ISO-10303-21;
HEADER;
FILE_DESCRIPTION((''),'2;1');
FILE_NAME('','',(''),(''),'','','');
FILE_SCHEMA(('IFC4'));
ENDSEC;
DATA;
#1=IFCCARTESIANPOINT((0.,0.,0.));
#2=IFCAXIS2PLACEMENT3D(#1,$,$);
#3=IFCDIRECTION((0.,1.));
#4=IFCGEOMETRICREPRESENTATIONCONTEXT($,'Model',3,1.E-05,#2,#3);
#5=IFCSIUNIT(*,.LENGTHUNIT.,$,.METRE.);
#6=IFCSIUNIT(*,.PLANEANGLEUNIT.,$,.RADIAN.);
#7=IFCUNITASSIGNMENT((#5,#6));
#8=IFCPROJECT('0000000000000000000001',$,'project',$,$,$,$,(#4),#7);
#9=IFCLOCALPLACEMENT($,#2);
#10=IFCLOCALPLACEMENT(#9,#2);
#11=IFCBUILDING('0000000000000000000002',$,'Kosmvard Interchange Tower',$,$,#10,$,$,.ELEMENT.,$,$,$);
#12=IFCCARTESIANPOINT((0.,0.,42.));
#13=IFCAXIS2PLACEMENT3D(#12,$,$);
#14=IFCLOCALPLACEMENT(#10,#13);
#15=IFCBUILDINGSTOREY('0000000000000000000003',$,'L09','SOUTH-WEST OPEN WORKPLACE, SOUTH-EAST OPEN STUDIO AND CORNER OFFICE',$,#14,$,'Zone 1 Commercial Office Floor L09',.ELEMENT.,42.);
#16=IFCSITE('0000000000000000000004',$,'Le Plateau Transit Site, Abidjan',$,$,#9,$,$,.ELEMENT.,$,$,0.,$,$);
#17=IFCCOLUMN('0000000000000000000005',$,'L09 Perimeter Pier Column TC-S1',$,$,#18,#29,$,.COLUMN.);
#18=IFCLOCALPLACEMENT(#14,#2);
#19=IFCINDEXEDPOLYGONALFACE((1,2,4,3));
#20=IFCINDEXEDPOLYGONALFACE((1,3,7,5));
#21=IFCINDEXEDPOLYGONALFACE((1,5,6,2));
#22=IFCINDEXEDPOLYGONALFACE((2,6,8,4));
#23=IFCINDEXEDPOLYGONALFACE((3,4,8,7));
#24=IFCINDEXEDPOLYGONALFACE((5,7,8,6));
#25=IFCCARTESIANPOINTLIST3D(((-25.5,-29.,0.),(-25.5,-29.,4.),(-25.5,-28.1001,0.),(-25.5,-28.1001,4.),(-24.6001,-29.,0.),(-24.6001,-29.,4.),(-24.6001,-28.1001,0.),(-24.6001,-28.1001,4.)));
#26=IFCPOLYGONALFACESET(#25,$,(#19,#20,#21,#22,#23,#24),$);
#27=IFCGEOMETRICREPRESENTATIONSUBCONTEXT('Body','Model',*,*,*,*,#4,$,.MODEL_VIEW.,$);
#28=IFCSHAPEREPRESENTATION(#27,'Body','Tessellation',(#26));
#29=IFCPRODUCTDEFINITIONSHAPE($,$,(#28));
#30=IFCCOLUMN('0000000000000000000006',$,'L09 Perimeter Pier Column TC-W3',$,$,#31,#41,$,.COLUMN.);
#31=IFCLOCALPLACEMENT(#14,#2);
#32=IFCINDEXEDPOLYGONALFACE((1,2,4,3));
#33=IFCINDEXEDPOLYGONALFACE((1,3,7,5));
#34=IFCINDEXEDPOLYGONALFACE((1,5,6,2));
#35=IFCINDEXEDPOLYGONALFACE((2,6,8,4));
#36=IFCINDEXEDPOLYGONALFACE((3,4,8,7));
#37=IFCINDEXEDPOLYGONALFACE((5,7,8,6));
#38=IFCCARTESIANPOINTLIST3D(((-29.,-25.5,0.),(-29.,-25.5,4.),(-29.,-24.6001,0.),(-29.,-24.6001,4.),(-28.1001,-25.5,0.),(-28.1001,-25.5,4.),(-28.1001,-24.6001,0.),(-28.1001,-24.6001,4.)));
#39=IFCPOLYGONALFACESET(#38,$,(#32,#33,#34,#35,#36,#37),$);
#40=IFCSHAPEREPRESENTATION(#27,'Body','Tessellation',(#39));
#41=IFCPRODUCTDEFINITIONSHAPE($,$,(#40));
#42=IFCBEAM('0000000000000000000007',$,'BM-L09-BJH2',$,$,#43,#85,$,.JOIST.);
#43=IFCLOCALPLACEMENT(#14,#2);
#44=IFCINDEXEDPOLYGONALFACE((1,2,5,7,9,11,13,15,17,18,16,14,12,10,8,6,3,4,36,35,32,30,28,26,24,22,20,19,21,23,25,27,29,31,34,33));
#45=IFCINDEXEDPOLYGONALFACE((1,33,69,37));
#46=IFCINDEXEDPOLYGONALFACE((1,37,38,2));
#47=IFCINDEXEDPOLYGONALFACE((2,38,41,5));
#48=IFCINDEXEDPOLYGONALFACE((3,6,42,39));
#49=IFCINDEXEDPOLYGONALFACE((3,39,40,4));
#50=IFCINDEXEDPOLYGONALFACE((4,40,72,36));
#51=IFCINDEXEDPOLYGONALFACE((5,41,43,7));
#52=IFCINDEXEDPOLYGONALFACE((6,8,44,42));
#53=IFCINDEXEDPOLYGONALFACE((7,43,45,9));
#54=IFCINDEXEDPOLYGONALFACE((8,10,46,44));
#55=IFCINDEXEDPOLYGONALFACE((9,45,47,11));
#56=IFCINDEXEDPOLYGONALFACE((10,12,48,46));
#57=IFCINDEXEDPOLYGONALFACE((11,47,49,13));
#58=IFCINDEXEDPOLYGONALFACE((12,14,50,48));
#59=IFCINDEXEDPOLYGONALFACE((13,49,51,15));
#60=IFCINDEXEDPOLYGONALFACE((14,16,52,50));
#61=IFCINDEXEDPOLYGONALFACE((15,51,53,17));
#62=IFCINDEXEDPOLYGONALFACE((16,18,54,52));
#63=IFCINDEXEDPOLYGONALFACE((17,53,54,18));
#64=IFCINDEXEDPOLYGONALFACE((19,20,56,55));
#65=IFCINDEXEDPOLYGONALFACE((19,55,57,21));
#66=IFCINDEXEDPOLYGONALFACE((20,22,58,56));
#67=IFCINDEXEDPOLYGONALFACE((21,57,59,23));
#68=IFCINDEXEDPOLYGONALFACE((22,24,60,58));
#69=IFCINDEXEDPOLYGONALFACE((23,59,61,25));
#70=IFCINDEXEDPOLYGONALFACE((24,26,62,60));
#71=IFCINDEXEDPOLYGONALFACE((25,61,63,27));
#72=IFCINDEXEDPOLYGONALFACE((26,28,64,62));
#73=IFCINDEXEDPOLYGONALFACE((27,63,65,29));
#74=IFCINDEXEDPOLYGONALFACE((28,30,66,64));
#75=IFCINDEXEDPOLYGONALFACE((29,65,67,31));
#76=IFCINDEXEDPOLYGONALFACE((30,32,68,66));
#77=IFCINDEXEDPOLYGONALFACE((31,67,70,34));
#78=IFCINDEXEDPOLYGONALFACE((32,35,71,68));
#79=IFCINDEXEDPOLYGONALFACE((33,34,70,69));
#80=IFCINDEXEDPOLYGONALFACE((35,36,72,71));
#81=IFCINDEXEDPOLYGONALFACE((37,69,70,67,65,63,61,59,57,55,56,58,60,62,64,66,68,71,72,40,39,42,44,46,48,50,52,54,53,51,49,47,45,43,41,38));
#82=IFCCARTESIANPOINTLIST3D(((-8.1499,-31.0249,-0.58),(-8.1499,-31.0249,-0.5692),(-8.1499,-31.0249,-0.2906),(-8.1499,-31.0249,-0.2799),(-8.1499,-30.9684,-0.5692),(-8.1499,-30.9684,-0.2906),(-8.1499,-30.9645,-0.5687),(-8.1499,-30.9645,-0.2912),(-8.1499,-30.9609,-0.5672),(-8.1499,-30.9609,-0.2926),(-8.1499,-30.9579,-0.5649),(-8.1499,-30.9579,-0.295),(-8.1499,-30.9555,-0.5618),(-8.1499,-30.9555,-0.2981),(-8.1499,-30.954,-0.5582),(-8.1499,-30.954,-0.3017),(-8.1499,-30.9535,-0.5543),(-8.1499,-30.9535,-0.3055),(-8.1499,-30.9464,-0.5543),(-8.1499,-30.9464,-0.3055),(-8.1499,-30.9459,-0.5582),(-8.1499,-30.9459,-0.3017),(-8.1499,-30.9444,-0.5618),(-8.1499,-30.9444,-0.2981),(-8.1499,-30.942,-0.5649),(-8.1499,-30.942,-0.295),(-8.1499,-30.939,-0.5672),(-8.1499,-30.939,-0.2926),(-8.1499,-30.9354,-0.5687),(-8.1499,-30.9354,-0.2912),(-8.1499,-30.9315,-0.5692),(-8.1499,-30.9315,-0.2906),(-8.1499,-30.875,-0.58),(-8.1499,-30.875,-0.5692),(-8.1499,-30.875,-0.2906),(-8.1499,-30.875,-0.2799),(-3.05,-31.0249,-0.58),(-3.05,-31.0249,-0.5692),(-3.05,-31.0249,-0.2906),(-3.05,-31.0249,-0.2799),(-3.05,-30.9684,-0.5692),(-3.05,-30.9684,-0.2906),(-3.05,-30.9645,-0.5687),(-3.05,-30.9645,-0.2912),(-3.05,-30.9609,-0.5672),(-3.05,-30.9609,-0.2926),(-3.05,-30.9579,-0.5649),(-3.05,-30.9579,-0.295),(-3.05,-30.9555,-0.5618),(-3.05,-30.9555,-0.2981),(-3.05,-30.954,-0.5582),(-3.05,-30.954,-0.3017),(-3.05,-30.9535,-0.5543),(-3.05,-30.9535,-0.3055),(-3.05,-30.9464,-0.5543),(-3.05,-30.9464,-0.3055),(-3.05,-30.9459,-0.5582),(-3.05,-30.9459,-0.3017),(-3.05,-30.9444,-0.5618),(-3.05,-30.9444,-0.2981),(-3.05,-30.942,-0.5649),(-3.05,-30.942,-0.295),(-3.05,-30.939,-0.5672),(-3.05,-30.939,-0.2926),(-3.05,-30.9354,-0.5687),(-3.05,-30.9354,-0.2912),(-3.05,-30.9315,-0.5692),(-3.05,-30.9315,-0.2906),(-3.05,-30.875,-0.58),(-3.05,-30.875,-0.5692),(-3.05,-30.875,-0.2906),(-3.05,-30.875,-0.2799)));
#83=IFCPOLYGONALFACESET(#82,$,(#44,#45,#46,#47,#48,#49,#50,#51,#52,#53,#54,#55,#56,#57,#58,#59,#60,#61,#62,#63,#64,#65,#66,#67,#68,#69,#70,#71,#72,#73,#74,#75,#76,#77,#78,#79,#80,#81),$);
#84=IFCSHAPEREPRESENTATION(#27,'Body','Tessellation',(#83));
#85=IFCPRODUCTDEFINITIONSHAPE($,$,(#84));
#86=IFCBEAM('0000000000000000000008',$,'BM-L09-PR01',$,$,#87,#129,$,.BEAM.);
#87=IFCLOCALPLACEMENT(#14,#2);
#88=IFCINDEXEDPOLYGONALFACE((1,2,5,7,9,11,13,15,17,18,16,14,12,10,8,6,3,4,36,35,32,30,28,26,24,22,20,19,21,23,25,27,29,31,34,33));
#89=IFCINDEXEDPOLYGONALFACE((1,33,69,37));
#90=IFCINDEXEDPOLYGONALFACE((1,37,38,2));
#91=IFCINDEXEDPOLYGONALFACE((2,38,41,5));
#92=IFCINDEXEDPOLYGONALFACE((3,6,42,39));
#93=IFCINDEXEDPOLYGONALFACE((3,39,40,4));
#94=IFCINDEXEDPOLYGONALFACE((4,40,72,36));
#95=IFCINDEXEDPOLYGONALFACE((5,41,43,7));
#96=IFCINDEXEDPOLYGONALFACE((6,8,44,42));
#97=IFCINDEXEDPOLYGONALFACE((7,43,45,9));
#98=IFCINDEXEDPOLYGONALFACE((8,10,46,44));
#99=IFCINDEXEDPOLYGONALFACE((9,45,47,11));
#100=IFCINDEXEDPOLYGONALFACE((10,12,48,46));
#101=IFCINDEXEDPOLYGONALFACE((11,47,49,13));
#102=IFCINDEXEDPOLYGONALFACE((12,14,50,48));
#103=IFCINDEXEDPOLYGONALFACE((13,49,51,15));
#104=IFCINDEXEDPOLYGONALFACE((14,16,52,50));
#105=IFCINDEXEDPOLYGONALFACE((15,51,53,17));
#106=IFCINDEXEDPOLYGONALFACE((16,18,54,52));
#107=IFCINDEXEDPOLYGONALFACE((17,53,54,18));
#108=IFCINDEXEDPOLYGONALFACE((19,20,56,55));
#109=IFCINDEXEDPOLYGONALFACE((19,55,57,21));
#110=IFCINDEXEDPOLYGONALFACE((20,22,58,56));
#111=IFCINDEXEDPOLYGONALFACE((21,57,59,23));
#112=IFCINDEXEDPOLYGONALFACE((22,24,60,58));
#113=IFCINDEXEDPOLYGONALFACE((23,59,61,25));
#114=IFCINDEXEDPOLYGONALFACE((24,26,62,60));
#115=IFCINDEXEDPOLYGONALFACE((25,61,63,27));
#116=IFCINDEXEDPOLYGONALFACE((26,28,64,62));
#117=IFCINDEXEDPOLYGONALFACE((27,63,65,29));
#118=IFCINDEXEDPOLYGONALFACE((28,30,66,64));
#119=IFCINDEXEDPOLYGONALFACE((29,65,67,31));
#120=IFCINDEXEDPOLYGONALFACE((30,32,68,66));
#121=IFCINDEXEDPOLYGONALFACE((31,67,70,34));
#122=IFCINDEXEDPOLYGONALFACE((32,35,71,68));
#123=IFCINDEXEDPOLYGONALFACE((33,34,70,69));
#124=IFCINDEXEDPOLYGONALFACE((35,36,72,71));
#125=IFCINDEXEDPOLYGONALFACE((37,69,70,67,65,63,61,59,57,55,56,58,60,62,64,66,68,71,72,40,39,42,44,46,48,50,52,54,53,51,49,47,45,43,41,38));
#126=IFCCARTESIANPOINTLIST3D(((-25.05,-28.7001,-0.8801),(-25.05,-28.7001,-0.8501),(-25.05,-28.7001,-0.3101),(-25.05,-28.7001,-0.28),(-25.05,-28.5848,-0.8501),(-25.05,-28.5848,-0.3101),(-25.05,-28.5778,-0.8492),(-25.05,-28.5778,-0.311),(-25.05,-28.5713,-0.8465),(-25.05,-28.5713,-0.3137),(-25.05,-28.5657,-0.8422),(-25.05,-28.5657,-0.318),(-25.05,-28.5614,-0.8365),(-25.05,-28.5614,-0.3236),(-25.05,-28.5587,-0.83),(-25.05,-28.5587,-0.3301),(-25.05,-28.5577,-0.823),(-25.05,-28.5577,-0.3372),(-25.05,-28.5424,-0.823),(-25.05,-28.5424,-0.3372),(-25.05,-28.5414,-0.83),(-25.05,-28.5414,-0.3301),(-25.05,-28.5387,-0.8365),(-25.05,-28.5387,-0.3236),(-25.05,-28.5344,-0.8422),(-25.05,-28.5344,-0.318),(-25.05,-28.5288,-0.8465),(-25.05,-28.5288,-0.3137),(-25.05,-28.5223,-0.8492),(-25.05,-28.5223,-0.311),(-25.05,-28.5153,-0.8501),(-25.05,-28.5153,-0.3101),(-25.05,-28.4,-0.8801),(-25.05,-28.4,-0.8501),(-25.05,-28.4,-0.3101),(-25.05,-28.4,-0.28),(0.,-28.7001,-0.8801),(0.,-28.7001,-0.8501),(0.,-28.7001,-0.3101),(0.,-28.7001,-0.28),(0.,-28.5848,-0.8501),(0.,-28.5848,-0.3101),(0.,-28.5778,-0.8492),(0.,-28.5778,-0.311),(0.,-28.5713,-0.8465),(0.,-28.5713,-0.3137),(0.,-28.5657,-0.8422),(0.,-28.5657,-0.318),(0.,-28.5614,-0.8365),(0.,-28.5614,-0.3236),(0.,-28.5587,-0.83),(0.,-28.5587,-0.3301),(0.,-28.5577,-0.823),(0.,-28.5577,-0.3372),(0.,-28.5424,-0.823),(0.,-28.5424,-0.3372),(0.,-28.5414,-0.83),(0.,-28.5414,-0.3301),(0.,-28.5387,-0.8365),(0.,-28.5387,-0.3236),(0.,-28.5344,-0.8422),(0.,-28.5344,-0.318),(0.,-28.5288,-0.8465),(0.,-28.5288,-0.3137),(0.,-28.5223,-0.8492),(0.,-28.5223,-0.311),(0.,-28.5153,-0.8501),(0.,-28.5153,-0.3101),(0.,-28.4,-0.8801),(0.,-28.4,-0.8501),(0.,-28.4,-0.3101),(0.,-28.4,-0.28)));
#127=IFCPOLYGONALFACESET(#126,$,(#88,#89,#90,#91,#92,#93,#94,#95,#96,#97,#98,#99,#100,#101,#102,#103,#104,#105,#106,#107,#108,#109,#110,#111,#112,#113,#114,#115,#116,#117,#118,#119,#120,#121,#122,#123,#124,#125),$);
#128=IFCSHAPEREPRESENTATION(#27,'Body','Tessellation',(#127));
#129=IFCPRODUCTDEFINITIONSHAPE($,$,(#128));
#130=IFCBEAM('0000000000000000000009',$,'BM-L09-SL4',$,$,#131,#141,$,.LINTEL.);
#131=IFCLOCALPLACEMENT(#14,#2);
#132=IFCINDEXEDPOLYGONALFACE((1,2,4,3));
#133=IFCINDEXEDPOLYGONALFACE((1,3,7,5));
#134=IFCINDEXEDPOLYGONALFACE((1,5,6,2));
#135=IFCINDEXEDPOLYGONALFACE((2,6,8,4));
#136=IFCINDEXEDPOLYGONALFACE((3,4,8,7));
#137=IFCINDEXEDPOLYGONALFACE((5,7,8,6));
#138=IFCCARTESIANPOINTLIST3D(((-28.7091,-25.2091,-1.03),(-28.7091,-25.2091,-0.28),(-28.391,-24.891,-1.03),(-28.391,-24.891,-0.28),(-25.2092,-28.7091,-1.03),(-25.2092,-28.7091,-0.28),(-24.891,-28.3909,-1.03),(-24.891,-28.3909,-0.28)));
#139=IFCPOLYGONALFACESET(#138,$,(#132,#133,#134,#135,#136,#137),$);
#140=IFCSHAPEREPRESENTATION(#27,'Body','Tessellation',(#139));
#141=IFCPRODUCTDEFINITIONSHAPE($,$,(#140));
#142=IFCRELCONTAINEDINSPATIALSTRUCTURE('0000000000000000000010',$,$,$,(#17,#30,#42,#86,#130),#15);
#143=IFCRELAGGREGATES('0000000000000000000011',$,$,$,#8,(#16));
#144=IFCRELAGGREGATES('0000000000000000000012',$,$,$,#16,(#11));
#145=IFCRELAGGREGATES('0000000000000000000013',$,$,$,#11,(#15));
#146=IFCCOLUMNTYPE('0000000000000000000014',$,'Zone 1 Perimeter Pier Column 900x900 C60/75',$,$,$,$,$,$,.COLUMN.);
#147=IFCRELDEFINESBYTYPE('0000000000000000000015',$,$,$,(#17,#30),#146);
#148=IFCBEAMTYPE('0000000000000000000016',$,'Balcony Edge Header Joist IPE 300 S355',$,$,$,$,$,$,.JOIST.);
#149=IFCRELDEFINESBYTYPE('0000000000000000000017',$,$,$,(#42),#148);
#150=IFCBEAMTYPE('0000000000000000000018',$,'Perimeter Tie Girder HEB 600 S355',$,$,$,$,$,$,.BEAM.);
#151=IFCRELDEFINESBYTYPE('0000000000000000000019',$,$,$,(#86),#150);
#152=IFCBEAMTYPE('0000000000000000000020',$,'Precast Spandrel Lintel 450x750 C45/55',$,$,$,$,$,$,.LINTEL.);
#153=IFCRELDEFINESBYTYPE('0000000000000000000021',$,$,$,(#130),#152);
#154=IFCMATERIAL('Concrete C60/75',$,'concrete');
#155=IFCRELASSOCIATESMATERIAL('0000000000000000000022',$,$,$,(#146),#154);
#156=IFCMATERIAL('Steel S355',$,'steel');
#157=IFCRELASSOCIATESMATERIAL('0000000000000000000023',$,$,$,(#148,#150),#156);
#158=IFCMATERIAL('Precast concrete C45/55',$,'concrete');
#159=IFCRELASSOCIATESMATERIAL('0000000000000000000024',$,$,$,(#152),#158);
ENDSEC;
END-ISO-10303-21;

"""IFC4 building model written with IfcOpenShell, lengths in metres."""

from ifc_helpers import new_model, si_unit, direction, frame, origin, origin_2d, place, context, subcontext, project, spatial, rectangle, i_section, extrude, source, transform, mapped, material, material_profile, profile_set, type_object, element, save


model = new_model("IFC4")

# Units and contexts
model_context = context("Model", 3, precision=1e-05, world=origin(), true_north=direction((0.0, 1.0)))
body_context = subcontext(model_context, "Body", "Model", "MODEL_VIEW")
ifc_project = project(units=[si_unit("LENGTHUNIT", "METRE"), si_unit("PLANEANGLEUNIT", "RADIAN")], contexts=[model_context])

# Site, building, storey
site_placement = place(None, origin())
site = spatial("IfcSite", under=ifc_project, at=site_placement, Name="Le Plateau Transit Site, Abidjan", CompositionType="ELEMENT", RefElevation=0.0)
building_placement = place(site_placement, origin())
building = spatial("IfcBuilding", under=site, at=building_placement, Name="Kosmvard Interchange Tower", CompositionType="ELEMENT")
storey_placement = place(building_placement, frame((0.0, 0.0, 42.0)))
storey = spatial("IfcBuildingStorey", under=building, at=storey_placement, Name="L09", Description="SOUTH-WEST OPEN WORKPLACE, SOUTH-EAST OPEN STUDIO AND CORNER OFFICE", LongName="Zone 1 Commercial Office Floor L09", CompositionType="ELEMENT", Elevation=42.0)

# Columns
ifc_material_1 = material(Name="Concrete C60/75", Category="concrete")
ifc_material_profile_1 = material_profile(ifc_material_1, rectangle(XDim=0.8999, YDim=0.8999, at=origin_2d()), Name="TC 900x900")
ifc_profile_set_1 = profile_set([ifc_material_profile_1], Name="Concrete C60/75")
column_type = type_object("IfcColumnType", Name="Zone 1 Perimeter Pier Column 900x900 C60/75", PredefinedType="COLUMN", material=ifc_profile_set_1)
shared_shape_1 = source(origin(), body_context, "Body", "SweptSolid", [
    extrude(rectangle(XDim=0.8999, YDim=0.8999, at=origin_2d()), origin(), (0.0, 0.0, 1.0), 4.0),
])
for number, where, z_axis, x_axis, name in (
    (1, (-25.05, -28.55, 0.0), (0.0, 0.0, 1.0), (1.0, 0.0, 0.0), "L09 Perimeter Pier Column TC-S1"),
    (2, (-28.55, -25.05, 0.0), (0.0, 0.0, 1.0), (1.0, 0.0, 0.0), "L09 Perimeter Pier Column TC-W3"),
):
    element("IfcColumn", number, at=place(storey_placement, frame(where, z_axis=z_axis, x_axis=x_axis)), inside=storey, type_object=column_type, Name=name, PredefinedType="COLUMN", context=body_context, shape_type="MappedRepresentation", body=[
        mapped(shared_shape_1, transform((0.0, 0.0, 0.0), scale=1.0)),
    ])

# Beams
ifc_material_2 = material(Name="Steel S355", Category="steel")
ifc_material_profile_2 = material_profile(ifc_material_2, i_section(OverallWidth=0.1499, OverallDepth=0.3, WebThickness=0.0071, FlangeThickness=0.0107, FilletRadius=0.0149, at=origin_2d()), Name="IPE 300")
ifc_profile_set_2 = profile_set([ifc_material_profile_2], Name="Steel S355")
beam_type_1 = type_object("IfcBeamType", Name="Balcony Edge Header Joist IPE 300 S355", PredefinedType="JOIST", material=ifc_profile_set_2)
shared_shape_2 = source(origin(), body_context, "Body", "SweptSolid", [
    extrude(i_section(OverallWidth=0.1499, OverallDepth=0.3, WebThickness=0.0071, FlangeThickness=0.0107, FilletRadius=0.0149, at=origin_2d()), origin(), (0.0, 0.0, 1.0), 5.0999),
])
beam_1_placement = place(storey_placement, frame((-8.1499, -30.95, -0.4299), z_axis=(1.0, 0.0, 0.0), x_axis=(0.0, 1.0, 0.0)))
element("IfcBeam", 3, at=beam_1_placement, inside=storey, type_object=beam_type_1, Name="BM-L09-BJH2", PredefinedType="JOIST", context=body_context, shape_type="MappedRepresentation", body=[
    mapped(shared_shape_2, transform((0.0, 0.0, 0.0), scale=1.0)),
])
ifc_material_profile_3 = material_profile(ifc_material_2, i_section(OverallWidth=0.3, OverallDepth=0.6001, WebThickness=0.0154, FlangeThickness=0.03, FilletRadius=0.0271, at=origin_2d()), Name="HEB 600")
ifc_profile_set_3 = profile_set([ifc_material_profile_3], Name="Steel S355")
beam_type_2 = type_object("IfcBeamType", Name="Perimeter Tie Girder HEB 600 S355", PredefinedType="BEAM", material=ifc_profile_set_3)
shared_shape_3 = source(origin(), body_context, "Body", "SweptSolid", [
    extrude(i_section(OverallWidth=0.3, OverallDepth=0.6001, WebThickness=0.0154, FlangeThickness=0.03, FilletRadius=0.0271, at=origin_2d()), origin(), (0.0, 0.0, 1.0), 25.05),
])
beam_2_placement = place(storey_placement, frame((-25.05, -28.55, -0.5801), z_axis=(1.0, 0.0, 0.0), x_axis=(0.0, 1.0, 0.0)))
element("IfcBeam", 4, at=beam_2_placement, inside=storey, type_object=beam_type_2, Name="BM-L09-PR01", PredefinedType="BEAM", context=body_context, shape_type="MappedRepresentation", body=[
    mapped(shared_shape_3, transform((0.0, 0.0, 0.0), scale=1.0)),
])
ifc_material_3 = material(Name="Precast concrete C45/55", Category="concrete")
ifc_material_profile_4 = material_profile(ifc_material_3, rectangle(XDim=0.45, YDim=0.75, at=origin_2d()), Name="SL 450x750")
ifc_profile_set_4 = profile_set([ifc_material_profile_4], Name="Precast concrete C45/55")
beam_type_3 = type_object("IfcBeamType", Name="Precast Spandrel Lintel 450x750 C45/55", PredefinedType="LINTEL", material=ifc_profile_set_4)
shared_shape_4 = source(origin(), body_context, "Body", "SweptSolid", [
    extrude(rectangle(XDim=0.45, YDim=0.75, at=origin_2d()), origin(), (0.0, 0.0, 1.0), 4.9497),
])
beam_3_placement = place(storey_placement, frame((-28.55, -25.05, -0.655), z_axis=(0.707107, -0.707107, 0.0), x_axis=(0.707107, 0.707107, 0.0)))
element("IfcBeam", 5, at=beam_3_placement, inside=storey, type_object=beam_type_3, Name="BM-L09-SL4", PredefinedType="LINTEL", context=body_context, shape_type="MappedRepresentation", body=[
    mapped(shared_shape_4, transform((0.0, 0.0, 0.0), scale=1.0)),
])

save(model, "model.ifc")
